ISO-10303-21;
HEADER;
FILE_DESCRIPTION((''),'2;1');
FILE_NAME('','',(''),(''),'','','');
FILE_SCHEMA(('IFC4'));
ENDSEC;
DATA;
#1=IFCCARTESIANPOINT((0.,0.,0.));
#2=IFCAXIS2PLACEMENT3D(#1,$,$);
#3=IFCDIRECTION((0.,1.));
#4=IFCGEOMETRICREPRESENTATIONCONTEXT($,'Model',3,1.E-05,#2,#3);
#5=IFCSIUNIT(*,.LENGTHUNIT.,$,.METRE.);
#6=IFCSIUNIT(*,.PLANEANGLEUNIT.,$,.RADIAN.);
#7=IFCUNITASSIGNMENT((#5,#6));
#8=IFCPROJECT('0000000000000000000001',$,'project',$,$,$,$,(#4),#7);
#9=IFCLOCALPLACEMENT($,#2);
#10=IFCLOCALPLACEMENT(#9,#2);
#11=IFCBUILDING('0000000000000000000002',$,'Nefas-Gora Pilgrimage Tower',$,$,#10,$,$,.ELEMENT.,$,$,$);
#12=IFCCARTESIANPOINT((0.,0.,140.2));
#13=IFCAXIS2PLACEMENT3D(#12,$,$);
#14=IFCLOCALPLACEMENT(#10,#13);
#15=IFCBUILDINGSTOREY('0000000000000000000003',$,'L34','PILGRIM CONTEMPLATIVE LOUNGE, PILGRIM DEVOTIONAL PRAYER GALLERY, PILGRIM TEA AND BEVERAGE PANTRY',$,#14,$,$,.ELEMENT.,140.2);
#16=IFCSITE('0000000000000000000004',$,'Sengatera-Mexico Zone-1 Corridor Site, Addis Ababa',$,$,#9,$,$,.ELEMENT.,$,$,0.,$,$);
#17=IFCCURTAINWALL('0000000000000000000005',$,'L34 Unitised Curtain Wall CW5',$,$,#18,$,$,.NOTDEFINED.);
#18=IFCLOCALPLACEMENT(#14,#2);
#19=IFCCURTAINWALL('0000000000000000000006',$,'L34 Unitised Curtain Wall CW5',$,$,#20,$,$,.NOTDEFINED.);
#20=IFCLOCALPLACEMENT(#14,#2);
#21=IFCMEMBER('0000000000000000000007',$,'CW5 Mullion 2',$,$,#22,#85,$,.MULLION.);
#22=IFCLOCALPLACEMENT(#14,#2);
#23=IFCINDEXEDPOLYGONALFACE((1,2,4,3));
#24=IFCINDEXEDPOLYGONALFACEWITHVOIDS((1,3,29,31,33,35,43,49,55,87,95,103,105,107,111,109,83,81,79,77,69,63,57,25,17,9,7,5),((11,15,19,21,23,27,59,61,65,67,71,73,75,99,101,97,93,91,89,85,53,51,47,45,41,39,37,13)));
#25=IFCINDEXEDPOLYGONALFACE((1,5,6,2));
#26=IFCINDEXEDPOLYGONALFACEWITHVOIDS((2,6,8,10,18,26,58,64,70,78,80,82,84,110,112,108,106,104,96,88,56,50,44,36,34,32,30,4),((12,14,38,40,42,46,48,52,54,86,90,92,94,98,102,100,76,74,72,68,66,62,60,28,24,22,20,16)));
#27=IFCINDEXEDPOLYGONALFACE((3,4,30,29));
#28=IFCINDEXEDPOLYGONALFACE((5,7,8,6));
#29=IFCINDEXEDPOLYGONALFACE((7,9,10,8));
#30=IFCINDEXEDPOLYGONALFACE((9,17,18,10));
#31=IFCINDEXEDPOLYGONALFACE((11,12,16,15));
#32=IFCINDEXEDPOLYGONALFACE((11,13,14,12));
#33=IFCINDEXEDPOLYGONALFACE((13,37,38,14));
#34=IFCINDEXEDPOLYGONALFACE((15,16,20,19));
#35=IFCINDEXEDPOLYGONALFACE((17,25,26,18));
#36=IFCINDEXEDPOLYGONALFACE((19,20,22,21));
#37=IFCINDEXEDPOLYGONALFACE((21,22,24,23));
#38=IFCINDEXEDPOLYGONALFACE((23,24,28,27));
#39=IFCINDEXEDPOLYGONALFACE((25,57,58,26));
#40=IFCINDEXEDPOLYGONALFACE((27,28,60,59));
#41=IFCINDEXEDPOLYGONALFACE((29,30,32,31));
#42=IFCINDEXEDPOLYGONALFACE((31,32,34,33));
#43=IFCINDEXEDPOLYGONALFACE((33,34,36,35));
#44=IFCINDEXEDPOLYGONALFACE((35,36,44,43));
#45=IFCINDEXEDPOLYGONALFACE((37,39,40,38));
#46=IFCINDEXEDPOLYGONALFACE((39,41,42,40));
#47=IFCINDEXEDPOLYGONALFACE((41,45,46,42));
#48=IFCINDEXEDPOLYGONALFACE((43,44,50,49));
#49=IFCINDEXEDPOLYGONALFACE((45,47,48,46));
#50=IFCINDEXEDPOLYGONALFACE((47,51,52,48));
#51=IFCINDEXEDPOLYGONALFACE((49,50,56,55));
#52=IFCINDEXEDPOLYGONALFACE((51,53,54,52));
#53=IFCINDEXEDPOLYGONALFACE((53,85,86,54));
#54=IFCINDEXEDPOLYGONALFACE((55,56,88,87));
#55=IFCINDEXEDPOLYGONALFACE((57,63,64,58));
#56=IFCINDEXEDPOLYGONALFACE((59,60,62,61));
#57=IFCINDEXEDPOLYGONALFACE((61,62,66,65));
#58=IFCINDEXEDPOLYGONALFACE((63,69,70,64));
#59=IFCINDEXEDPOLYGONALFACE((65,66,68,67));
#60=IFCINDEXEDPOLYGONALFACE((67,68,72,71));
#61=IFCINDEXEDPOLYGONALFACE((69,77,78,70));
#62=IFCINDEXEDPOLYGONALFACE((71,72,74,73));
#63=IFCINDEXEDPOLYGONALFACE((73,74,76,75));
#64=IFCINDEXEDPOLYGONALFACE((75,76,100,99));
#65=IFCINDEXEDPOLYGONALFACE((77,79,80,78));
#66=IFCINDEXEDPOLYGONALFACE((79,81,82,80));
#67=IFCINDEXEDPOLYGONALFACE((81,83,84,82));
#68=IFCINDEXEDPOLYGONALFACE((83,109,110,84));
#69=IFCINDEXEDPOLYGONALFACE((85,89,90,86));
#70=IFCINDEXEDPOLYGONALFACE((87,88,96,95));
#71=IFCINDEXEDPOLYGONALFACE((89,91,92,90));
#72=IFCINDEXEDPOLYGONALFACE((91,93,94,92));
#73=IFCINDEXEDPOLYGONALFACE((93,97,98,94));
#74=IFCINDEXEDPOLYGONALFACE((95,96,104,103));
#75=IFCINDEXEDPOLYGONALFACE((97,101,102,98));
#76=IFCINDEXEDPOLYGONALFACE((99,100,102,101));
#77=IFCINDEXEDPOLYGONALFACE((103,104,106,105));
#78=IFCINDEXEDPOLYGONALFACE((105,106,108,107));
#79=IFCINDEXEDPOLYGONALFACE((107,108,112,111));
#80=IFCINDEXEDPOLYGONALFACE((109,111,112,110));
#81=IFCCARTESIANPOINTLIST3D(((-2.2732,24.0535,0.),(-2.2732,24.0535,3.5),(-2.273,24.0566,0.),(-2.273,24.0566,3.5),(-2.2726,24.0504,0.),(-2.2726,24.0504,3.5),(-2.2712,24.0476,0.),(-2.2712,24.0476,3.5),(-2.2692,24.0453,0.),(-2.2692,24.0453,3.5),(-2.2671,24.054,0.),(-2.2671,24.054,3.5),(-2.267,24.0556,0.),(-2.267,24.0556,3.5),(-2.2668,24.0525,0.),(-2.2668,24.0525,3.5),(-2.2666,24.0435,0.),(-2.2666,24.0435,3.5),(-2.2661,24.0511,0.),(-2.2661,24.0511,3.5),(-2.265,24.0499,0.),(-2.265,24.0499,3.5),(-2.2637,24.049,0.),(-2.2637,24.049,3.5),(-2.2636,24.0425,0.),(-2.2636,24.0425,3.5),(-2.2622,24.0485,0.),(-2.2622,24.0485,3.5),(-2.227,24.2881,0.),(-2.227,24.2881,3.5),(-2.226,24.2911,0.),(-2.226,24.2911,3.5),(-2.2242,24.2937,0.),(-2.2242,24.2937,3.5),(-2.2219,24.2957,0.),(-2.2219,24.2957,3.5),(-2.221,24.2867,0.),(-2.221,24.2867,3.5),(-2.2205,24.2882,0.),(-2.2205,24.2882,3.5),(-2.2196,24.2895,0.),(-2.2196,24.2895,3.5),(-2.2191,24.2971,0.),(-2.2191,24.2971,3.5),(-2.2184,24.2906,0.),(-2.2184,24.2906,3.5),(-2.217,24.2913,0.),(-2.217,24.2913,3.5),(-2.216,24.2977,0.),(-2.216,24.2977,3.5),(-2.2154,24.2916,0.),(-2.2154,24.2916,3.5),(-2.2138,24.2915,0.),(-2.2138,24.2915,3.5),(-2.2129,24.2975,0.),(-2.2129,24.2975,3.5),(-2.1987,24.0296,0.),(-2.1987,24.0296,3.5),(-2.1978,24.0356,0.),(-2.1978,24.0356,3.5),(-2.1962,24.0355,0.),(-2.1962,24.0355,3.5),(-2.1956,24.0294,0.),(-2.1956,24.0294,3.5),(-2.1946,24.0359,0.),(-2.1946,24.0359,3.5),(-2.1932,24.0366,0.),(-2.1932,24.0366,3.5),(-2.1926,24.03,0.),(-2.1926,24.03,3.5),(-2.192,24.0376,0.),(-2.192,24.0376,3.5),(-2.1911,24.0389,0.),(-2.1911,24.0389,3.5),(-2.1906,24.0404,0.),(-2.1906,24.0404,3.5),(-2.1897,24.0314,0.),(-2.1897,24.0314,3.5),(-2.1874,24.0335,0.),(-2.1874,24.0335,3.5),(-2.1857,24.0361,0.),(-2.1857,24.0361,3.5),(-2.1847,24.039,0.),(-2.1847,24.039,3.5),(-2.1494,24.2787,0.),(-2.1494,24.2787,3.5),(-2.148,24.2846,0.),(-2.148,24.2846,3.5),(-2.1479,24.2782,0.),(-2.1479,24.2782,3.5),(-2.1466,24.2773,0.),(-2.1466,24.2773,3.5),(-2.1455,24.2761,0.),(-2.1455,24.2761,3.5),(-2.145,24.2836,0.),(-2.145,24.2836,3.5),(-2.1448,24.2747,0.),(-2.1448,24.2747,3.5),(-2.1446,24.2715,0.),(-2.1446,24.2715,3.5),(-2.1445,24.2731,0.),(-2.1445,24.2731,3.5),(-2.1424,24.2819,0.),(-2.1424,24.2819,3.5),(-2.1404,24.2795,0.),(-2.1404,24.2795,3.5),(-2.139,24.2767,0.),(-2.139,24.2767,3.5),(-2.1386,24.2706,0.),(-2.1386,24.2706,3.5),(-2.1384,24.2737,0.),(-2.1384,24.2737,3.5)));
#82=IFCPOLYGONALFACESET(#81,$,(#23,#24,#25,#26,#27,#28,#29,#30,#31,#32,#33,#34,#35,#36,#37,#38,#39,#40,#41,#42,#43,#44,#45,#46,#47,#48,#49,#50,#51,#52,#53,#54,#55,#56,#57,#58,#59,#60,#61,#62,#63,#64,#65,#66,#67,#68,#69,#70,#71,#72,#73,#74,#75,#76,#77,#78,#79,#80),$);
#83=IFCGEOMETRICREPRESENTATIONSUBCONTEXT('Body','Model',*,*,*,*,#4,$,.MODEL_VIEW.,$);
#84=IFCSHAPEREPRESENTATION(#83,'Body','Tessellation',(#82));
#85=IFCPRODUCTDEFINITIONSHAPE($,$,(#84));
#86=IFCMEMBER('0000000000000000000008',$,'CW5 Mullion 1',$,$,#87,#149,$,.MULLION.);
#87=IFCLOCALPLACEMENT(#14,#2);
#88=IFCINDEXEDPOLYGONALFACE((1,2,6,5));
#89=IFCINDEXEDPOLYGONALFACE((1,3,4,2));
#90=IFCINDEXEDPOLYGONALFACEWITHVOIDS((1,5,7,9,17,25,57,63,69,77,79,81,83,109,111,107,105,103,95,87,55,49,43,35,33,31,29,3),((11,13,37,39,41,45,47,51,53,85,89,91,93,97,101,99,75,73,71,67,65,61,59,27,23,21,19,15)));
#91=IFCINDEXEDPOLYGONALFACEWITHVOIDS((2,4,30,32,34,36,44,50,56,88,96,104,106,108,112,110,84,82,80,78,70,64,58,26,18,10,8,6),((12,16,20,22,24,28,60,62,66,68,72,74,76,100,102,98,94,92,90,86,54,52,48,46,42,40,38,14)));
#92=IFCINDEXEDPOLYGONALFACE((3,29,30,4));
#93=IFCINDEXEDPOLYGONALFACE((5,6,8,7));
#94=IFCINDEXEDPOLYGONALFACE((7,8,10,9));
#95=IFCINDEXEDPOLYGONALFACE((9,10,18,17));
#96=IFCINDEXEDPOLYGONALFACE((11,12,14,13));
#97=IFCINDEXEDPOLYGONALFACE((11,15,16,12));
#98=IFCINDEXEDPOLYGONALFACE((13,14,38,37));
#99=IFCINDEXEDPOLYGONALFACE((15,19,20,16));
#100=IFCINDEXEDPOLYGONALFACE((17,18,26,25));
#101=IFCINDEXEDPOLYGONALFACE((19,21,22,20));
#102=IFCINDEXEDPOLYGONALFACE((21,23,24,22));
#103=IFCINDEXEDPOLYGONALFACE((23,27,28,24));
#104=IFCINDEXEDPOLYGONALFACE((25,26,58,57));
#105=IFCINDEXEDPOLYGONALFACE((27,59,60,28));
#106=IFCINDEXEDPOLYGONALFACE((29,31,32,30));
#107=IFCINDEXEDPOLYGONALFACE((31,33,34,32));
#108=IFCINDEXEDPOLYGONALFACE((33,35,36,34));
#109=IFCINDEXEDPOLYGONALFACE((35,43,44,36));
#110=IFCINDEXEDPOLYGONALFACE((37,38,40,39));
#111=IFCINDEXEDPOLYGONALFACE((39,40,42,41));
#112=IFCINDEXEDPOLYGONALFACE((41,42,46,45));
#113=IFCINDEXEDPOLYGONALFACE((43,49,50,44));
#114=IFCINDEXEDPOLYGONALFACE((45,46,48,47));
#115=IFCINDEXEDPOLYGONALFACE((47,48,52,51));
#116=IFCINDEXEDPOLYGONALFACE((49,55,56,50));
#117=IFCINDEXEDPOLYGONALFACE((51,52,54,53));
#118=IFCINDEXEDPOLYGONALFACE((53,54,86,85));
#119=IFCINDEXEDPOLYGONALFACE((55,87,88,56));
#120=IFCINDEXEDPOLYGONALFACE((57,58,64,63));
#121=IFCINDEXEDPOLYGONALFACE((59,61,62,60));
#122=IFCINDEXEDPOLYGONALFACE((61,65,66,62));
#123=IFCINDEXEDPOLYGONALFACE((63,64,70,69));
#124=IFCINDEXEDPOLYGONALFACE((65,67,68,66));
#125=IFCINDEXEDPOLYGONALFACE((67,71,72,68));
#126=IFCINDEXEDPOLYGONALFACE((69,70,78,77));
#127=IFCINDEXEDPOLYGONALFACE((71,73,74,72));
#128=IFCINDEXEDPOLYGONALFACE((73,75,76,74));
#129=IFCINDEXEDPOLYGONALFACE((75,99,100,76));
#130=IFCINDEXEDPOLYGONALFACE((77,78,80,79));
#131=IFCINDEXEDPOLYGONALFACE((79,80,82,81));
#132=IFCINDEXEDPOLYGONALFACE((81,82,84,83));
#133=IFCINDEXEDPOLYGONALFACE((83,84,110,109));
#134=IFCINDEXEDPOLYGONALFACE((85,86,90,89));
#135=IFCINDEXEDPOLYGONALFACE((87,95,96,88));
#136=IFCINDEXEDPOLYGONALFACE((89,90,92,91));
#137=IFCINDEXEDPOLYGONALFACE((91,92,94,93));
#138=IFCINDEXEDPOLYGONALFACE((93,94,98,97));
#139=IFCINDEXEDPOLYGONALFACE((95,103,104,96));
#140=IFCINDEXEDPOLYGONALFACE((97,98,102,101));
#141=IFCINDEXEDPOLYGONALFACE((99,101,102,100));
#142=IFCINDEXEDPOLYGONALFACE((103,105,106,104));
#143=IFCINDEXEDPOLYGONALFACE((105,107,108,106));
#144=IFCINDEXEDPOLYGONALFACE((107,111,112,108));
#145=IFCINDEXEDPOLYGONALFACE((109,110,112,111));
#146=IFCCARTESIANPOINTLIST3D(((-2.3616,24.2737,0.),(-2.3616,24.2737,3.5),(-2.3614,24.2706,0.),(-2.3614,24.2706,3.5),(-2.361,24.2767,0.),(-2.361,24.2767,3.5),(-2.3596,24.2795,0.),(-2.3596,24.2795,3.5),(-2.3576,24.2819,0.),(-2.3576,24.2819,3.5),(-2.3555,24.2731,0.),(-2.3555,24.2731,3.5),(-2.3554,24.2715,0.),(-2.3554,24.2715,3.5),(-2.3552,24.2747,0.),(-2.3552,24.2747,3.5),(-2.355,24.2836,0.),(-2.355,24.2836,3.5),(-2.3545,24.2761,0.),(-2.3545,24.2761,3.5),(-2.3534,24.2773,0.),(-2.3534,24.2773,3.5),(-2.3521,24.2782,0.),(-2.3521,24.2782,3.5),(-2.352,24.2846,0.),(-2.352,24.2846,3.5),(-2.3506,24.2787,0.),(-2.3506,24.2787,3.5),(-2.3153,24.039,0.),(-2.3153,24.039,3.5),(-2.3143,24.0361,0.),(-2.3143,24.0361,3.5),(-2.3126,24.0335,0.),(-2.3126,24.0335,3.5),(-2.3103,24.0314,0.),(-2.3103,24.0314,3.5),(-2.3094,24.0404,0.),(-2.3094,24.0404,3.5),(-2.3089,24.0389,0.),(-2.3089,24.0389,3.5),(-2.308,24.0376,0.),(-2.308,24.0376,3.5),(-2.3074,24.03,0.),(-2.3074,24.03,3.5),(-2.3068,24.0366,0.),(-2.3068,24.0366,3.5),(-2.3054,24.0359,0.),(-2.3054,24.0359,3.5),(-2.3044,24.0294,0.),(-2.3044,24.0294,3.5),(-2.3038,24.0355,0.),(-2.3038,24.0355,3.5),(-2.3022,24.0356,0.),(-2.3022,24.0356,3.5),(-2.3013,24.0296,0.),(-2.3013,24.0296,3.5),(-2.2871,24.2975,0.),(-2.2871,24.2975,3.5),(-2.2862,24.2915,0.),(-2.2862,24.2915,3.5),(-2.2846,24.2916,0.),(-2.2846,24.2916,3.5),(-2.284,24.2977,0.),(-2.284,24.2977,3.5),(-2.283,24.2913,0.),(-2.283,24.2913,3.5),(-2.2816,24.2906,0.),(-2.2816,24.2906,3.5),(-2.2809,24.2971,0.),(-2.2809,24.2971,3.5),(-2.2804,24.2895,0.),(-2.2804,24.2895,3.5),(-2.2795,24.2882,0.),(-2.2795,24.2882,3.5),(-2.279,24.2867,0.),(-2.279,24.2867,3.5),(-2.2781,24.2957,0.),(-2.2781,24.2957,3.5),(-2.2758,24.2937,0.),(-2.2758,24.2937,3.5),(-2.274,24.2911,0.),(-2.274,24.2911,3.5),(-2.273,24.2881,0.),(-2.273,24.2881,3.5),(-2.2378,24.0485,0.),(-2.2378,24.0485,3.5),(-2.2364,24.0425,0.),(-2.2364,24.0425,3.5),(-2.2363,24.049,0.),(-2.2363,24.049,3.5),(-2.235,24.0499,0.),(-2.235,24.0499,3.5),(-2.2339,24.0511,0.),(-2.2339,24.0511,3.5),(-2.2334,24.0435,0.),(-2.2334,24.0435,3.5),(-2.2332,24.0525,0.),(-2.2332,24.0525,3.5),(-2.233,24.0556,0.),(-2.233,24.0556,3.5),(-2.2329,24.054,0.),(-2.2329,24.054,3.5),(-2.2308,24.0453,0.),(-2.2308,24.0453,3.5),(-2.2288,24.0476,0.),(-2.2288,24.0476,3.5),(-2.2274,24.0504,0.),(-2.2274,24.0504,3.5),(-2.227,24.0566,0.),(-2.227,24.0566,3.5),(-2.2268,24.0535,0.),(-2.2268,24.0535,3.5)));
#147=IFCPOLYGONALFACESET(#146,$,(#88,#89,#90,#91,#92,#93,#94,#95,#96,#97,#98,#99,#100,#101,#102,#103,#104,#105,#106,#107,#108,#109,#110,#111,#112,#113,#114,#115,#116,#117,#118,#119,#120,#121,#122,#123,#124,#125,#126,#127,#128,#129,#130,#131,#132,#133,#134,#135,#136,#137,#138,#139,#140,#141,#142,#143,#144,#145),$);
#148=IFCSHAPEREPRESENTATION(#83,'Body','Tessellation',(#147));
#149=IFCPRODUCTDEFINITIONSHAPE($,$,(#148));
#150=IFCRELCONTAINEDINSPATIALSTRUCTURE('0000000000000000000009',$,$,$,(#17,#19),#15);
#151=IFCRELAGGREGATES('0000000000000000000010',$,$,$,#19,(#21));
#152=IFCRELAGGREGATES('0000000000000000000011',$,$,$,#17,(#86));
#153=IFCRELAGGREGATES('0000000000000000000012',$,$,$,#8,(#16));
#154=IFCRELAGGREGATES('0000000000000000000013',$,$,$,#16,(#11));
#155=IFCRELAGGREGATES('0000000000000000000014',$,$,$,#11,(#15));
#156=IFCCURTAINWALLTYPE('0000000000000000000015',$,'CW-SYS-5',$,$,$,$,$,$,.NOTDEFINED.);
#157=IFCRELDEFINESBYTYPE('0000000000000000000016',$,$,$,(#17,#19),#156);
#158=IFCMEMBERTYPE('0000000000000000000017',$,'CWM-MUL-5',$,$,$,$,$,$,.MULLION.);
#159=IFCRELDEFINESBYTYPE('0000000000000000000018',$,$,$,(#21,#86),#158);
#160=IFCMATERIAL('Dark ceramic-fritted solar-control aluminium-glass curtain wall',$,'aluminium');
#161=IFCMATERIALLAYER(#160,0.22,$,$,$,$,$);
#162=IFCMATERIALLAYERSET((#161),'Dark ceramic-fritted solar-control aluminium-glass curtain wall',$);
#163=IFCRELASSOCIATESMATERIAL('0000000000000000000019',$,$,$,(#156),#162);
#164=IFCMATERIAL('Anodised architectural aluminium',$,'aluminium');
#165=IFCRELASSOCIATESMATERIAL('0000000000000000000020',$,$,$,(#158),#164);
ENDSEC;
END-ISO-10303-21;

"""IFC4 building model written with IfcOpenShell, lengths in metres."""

from ifc_helpers import new_model, si_unit, direction, frame, origin, origin_2d, place, context, subcontext, project, spatial, hollow_rectangle, extrude, source, transform, mapped, material, layer, layer_set, material_profile, profile_set, type_object, element, aggregate, save


model = new_model("IFC4")

# Units and contexts
model_context = context("Model", 3, precision=1e-05, world=origin(), true_north=direction((0.0, 1.0)))
body_context = subcontext(model_context, "Body", "Model", "MODEL_VIEW")
ifc_project = project(units=[si_unit("LENGTHUNIT", "METRE"), si_unit("PLANEANGLEUNIT", "RADIAN")], contexts=[model_context])

# Site, building, storey
site_placement = place(None, origin())
site = spatial("IfcSite", under=ifc_project, at=site_placement, Name="Sengatera-Mexico Zone-1 Corridor Site, Addis Ababa", CompositionType="ELEMENT", RefElevation=0.0)
building_placement = place(site_placement, origin())
building = spatial("IfcBuilding", under=site, at=building_placement, Name="Nefas-Gora Pilgrimage Tower", CompositionType="ELEMENT")
storey_placement = place(building_placement, frame((0.0, 0.0, 140.2)))
storey = spatial("IfcBuildingStorey", under=building, at=storey_placement, Name="L34", Description="PILGRIM CONTEMPLATIVE LOUNGE, PILGRIM DEVOTIONAL PRAYER GALLERY, PILGRIM TEA AND BEVERAGE PANTRY", CompositionType="ELEMENT", Elevation=140.2)

# Curtain walls, member
ifc_material_1 = material(Name="Dark ceramic-fritted solar-control aluminium-glass curtain wall", Category="aluminium")
ifc_layer_1 = layer(ifc_material_1, 0.22)
ifc_layer_set_1 = layer_set([ifc_layer_1], Name="Dark ceramic-fritted solar-control aluminium-glass curtain wall")
curtain_wall_type = type_object("IfcCurtainWallType", Name="CW-SYS-5", PredefinedType="NOTDEFINED", material=ifc_layer_set_1)
ifc_material_2 = material(Name="Anodised architectural aluminium", Category="aluminium")
curtain_wall_1_placement = place(storey_placement, origin())
curtain_wall_1 = element("IfcCurtainWall", 1, at=curtain_wall_1_placement, inside=storey, type_object=curtain_wall_type, Name="L34 Unitised Curtain Wall CW5", PredefinedType="NOTDEFINED")
curtain_wall_2_placement = place(storey_placement, origin())
curtain_wall_2 = element("IfcCurtainWall", 2, at=curtain_wall_2_placement, inside=storey, type_object=curtain_wall_type, Name="L34 Unitised Curtain Wall CW5", PredefinedType="NOTDEFINED")
ifc_material_profile_1 = material_profile(ifc_material_2, hollow_rectangle(XDim=0.0901, YDim=0.26, WallThickness=0.0061, InnerFilletRadius=0.0061, OuterFilletRadius=0.012, at=origin_2d()), Name="ALU MULLION 90x260")
ifc_profile_set_1 = profile_set([ifc_material_profile_1], Name="Anodised architectural aluminium")
member_type_1 = type_object("IfcMemberType", Name="CWM-MUL-5", PredefinedType="MULLION", material=ifc_profile_set_1)
shared_shape_1 = source(origin(), body_context, "Body", "SweptSolid", [
    extrude(hollow_rectangle(XDim=0.0901, YDim=0.26, WallThickness=0.0061, InnerFilletRadius=0.0061, OuterFilletRadius=0.012, at=origin_2d()), origin(), (0.0, 0.0, 1.0), 3.5),
])
member_1_placement = place(storey_placement, frame((-2.2058, 24.1636, 0.0), z_axis=(0.0, 0.0, 1.0), x_axis=(-0.980783, 0.195102, 0.0)))
member_1 = element("IfcMember", 3, at=member_1_placement, type_object=member_type_1, Name="CW5 Mullion 2", PredefinedType="MULLION", context=body_context, shape_type="MappedRepresentation", body=[
    mapped(shared_shape_1, transform((0.0, 0.0, 0.0), x_axis=(1.0, 0.0, 0.0), y_axis=(0.0, 1.0, 0.0), z_axis=(0.0, 0.0, 1.0), scale=1.0)),
])

# Member
member_2_placement = place(storey_placement, frame((-2.2942, 24.1636, 0.0), z_axis=(0.0, 0.0, 1.0), x_axis=(-0.980783, -0.195102, 0.0)))
member_2 = element("IfcMember", 4, at=member_2_placement, type_object=member_type_1, Name="CW5 Mullion 1", PredefinedType="MULLION", context=body_context, shape_type="MappedRepresentation", body=[
    mapped(shared_shape_1, transform((0.0, 0.0, 0.0), x_axis=(1.0, 0.0, 0.0), y_axis=(0.0, 1.0, 0.0), z_axis=(0.0, 0.0, 1.0), scale=1.0)),
])

aggregate(curtain_wall_2, [member_1])
aggregate(curtain_wall_1, [member_2])

save(model, "model.ifc")
